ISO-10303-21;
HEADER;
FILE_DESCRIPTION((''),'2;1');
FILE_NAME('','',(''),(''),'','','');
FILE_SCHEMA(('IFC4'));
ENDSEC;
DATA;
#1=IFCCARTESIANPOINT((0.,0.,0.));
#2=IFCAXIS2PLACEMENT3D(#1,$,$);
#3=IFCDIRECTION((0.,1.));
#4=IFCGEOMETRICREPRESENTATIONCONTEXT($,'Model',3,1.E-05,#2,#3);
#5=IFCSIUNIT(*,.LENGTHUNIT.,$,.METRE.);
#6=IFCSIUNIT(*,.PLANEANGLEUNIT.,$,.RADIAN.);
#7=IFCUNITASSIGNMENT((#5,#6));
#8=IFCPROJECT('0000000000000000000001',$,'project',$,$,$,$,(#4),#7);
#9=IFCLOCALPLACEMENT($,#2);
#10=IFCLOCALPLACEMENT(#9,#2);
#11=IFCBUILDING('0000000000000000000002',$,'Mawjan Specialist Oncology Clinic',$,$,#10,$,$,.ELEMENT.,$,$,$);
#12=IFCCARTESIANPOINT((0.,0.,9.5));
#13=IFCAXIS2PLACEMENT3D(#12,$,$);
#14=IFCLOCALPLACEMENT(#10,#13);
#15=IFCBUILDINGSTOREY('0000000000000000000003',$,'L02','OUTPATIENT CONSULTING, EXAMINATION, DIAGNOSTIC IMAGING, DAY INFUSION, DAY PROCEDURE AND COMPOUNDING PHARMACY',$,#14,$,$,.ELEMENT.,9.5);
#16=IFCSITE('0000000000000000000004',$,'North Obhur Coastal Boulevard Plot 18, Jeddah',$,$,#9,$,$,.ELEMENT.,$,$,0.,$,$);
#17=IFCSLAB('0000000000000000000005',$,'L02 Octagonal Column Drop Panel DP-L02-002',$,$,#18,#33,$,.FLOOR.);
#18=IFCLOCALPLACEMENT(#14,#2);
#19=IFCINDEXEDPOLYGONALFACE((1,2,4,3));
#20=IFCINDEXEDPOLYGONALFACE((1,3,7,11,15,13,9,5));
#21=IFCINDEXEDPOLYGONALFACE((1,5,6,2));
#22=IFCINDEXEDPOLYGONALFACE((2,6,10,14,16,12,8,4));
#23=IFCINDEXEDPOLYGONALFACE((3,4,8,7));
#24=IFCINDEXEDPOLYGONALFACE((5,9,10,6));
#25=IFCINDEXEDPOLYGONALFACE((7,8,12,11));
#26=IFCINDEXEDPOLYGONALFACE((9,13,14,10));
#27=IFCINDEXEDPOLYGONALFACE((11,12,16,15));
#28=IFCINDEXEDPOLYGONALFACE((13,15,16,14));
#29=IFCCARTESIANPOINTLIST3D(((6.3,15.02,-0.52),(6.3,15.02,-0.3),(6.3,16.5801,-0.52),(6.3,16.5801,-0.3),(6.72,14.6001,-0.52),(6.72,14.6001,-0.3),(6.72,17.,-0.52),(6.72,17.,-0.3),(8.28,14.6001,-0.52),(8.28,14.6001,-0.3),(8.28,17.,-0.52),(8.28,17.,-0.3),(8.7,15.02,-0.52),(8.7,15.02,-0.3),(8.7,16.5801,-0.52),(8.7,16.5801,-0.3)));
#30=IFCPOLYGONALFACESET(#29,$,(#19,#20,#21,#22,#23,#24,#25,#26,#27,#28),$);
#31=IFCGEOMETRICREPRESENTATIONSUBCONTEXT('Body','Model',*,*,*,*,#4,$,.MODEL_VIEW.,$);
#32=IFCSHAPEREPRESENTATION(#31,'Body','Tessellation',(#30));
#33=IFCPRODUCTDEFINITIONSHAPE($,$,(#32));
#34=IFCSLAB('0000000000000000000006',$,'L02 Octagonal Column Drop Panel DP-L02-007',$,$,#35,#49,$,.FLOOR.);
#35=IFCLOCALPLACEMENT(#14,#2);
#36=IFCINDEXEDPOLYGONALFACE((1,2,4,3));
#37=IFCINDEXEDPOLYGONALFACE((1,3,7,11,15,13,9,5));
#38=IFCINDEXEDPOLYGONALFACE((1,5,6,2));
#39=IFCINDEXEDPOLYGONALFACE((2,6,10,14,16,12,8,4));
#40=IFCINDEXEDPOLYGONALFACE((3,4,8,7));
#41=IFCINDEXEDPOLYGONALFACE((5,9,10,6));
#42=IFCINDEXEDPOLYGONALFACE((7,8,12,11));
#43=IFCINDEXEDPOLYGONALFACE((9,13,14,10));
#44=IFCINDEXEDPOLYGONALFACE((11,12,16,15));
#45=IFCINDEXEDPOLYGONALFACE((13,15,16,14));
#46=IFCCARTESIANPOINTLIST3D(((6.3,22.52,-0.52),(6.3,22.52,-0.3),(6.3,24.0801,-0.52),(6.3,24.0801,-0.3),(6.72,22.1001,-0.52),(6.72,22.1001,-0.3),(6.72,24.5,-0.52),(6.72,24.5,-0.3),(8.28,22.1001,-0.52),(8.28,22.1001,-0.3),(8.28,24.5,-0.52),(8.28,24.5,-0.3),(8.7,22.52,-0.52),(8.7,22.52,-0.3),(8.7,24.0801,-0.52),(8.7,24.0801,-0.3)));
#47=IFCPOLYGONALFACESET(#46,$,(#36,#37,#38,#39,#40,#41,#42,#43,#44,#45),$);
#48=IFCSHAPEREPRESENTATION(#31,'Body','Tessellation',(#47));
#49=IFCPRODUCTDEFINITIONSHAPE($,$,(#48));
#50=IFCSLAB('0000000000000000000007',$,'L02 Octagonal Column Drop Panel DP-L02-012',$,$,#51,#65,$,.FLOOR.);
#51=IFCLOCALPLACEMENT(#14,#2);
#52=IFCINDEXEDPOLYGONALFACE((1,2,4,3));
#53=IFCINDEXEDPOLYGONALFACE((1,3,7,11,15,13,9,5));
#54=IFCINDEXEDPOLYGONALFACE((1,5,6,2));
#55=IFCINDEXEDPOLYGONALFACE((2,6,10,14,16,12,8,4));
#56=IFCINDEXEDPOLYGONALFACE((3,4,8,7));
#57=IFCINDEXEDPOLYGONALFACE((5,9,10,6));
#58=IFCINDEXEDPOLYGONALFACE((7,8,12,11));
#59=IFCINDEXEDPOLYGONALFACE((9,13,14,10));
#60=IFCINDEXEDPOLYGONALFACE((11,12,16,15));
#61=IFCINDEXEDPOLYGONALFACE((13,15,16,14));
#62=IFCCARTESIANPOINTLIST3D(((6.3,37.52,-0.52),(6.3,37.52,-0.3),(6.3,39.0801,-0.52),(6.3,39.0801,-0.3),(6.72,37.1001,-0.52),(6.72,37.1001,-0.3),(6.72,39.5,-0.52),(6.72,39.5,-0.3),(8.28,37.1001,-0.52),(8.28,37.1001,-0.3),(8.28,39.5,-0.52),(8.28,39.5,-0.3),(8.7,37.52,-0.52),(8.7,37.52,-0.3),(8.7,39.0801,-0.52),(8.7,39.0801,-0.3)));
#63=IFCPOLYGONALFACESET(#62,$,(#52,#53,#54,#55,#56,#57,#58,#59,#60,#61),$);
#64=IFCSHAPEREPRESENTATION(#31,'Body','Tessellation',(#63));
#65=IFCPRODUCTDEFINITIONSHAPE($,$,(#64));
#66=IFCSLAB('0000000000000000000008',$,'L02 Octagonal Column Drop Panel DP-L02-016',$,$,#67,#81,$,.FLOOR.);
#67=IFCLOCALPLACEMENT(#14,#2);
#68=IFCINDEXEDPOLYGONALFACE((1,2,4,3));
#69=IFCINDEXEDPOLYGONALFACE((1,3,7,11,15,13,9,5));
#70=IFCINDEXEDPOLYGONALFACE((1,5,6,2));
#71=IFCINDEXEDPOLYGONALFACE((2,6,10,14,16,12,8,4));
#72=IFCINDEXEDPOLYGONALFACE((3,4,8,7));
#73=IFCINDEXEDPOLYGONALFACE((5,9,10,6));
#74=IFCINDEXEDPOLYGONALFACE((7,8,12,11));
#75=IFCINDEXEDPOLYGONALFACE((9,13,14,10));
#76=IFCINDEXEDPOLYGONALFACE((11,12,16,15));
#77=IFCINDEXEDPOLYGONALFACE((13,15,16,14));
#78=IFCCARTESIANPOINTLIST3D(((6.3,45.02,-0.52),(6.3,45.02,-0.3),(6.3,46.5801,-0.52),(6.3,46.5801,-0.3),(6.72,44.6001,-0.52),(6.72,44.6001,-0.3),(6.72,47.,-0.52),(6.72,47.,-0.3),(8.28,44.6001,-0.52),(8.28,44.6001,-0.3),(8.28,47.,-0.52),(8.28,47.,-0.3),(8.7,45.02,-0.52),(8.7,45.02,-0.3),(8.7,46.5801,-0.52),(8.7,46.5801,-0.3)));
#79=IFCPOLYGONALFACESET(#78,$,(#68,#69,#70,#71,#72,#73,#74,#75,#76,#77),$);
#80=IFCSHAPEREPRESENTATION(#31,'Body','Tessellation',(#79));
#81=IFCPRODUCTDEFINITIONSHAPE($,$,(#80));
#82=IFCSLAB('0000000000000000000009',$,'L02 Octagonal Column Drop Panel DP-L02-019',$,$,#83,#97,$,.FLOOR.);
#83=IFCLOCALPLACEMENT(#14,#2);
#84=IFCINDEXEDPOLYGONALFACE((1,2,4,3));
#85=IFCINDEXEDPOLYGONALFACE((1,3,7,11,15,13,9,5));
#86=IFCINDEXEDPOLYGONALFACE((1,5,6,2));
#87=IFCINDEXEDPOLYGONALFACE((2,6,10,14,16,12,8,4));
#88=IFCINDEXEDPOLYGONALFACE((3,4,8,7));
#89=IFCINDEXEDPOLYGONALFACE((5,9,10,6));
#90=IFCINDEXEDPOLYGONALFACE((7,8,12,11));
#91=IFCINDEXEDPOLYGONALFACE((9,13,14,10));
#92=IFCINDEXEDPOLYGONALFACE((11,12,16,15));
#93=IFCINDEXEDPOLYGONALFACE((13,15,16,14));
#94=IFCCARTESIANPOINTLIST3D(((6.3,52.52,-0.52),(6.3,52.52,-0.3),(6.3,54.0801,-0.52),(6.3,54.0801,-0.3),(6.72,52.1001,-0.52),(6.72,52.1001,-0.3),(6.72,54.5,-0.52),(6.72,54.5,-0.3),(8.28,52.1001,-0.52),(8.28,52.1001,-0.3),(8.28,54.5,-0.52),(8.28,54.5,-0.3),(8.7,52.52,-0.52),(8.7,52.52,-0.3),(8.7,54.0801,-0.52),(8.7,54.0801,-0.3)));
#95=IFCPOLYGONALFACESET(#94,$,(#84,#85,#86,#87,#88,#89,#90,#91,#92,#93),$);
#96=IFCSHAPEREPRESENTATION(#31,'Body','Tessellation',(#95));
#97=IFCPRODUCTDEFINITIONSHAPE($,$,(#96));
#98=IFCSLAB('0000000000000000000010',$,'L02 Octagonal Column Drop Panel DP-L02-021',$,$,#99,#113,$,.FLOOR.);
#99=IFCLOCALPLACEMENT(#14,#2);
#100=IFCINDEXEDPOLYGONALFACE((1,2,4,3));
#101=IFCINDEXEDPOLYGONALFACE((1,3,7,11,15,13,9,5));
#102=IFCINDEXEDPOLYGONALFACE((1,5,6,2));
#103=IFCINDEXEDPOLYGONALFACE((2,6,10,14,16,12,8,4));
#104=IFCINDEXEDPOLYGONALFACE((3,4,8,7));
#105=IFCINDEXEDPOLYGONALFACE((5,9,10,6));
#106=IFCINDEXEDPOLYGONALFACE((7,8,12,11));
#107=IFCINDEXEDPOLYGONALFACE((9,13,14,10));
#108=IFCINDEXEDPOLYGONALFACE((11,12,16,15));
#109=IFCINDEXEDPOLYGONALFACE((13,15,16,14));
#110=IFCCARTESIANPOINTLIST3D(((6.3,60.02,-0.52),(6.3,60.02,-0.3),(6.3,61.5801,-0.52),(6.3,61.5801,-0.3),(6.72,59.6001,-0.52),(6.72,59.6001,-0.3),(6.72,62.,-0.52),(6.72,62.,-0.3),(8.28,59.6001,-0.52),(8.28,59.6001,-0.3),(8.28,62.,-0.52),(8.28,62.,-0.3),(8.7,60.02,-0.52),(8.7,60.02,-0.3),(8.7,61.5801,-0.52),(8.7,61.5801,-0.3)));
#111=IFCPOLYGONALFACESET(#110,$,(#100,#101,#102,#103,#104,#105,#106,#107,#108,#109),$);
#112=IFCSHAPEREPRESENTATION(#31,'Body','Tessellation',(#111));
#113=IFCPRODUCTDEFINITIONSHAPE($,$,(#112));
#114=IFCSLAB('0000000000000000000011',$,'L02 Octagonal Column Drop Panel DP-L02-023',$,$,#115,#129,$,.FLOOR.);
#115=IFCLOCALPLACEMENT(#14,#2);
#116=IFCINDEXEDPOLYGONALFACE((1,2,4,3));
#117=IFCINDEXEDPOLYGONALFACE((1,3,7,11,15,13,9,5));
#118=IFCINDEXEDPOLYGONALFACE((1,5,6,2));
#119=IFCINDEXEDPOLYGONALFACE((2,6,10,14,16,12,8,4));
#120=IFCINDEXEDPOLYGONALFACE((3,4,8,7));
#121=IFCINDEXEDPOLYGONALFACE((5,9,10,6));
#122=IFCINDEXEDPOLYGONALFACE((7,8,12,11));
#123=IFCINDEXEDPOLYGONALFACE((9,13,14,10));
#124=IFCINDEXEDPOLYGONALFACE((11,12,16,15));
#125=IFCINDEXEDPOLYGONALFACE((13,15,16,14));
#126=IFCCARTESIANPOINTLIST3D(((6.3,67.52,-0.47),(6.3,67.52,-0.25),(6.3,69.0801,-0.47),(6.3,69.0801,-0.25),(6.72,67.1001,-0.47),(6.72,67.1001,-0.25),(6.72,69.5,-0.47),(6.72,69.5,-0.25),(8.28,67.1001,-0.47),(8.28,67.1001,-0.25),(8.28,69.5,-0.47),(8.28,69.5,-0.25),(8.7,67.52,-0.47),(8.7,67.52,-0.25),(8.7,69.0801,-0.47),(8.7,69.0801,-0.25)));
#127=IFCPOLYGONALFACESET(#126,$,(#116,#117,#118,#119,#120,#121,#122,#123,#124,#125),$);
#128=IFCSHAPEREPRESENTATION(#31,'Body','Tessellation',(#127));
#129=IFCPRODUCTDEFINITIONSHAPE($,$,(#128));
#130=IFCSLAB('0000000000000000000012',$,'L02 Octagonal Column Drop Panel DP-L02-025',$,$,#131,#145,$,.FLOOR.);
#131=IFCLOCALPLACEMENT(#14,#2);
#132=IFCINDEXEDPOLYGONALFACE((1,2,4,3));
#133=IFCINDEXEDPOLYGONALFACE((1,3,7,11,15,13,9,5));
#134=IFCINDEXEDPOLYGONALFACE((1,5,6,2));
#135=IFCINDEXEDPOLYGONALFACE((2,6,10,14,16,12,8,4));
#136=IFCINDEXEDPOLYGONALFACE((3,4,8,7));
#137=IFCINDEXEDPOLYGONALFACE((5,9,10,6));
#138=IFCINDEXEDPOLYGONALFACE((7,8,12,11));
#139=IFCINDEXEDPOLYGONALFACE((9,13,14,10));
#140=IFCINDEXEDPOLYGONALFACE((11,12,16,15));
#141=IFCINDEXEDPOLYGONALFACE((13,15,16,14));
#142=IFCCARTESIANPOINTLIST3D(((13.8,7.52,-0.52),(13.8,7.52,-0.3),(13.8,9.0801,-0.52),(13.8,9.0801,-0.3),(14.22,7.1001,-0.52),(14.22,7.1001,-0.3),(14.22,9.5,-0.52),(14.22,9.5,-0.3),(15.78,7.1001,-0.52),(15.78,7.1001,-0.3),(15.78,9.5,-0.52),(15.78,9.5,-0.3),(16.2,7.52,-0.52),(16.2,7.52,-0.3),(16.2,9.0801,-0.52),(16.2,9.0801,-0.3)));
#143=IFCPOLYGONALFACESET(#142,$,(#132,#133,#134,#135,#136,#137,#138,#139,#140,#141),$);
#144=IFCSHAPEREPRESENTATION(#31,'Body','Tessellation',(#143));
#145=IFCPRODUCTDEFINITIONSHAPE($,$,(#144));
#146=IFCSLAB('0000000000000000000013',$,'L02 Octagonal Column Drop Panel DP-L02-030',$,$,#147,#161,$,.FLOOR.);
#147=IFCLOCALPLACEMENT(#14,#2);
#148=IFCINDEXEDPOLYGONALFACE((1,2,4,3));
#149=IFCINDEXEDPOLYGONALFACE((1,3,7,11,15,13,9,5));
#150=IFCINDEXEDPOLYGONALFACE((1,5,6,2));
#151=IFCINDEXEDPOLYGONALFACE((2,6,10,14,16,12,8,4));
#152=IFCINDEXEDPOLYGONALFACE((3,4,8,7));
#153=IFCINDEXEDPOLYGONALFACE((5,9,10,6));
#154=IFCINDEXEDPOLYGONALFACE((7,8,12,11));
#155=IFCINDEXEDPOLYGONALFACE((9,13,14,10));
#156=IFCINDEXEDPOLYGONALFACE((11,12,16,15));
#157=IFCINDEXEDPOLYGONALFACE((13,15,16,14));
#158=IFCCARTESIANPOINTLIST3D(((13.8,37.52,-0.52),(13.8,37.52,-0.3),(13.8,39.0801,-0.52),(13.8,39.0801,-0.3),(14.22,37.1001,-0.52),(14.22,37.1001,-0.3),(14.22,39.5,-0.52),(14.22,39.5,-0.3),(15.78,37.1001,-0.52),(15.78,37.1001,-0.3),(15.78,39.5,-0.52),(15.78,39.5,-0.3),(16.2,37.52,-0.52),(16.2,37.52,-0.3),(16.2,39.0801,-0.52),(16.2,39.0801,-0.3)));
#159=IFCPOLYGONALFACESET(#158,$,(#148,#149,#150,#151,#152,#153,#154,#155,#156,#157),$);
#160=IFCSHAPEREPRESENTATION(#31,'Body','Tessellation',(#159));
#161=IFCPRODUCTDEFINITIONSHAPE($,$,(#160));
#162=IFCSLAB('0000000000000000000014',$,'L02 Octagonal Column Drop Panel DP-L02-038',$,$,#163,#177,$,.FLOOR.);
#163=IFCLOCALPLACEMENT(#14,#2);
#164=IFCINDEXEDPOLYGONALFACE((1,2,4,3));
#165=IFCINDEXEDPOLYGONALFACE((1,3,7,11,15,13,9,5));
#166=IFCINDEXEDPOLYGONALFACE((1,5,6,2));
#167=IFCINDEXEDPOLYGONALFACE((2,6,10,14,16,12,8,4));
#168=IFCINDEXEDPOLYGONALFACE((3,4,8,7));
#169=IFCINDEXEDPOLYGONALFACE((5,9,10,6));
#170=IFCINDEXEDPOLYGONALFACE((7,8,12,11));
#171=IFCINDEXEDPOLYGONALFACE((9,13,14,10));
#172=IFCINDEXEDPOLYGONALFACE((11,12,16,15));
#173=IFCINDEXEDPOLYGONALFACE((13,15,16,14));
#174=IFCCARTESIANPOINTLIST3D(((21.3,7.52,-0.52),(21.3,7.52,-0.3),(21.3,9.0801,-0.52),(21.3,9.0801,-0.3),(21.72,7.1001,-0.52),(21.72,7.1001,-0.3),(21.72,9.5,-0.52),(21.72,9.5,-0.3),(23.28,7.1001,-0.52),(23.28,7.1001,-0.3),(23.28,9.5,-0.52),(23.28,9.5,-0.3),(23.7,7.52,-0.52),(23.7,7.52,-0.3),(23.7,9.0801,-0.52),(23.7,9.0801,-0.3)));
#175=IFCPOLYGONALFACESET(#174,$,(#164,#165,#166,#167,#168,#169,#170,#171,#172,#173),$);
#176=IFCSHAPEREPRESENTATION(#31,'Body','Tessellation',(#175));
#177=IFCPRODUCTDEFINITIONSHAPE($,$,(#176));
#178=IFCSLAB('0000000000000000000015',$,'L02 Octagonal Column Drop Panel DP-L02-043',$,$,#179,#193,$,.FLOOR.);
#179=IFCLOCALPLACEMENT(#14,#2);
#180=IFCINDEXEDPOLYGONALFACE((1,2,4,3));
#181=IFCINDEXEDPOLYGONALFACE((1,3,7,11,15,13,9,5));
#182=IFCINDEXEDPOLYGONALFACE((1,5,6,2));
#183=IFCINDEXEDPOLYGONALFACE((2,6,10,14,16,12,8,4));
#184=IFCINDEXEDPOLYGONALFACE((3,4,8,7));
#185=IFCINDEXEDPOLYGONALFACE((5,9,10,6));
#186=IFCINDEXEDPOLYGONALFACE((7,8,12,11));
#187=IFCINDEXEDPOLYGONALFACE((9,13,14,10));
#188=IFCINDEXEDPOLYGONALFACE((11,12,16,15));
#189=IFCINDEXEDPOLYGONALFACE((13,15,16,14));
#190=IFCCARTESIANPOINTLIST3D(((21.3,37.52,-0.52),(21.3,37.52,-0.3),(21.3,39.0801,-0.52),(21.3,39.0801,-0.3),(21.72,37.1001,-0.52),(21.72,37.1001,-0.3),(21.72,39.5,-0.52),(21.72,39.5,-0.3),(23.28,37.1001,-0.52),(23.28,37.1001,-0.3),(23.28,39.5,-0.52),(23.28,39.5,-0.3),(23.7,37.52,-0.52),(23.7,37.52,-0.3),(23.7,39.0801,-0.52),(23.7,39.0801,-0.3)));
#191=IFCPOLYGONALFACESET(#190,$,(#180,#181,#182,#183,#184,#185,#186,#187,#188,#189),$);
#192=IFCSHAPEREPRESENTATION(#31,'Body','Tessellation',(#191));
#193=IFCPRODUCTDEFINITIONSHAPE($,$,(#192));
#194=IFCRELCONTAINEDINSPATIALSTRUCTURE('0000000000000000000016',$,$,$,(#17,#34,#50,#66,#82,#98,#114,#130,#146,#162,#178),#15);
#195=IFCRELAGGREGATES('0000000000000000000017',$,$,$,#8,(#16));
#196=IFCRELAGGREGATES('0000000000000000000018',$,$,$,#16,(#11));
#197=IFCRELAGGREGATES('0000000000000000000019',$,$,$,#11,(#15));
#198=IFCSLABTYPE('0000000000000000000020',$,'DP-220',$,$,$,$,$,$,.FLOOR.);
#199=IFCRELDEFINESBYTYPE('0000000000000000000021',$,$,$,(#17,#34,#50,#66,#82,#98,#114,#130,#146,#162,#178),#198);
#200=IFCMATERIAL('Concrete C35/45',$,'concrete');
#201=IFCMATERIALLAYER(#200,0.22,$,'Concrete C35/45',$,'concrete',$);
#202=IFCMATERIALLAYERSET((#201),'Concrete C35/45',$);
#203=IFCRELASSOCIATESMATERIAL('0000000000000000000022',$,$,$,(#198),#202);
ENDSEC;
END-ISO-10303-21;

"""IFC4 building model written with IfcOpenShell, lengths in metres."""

from ifc_helpers import new_model, si_unit, direction, frame, origin, place, context, subcontext, project, spatial, polyline, outline, extrude, material, layer, layer_set, type_object, element, save


model = new_model("IFC4")

# Units and contexts
model_context = context("Model", 3, precision=1e-05, world=origin(), true_north=direction((0.0, 1.0)))
body_context = subcontext(model_context, "Body", "Model", "MODEL_VIEW")
ifc_project = project(units=[si_unit("LENGTHUNIT", "METRE"), si_unit("PLANEANGLEUNIT", "RADIAN")], contexts=[model_context])

# Site, building, storey
site_placement = place(None, origin())
site = spatial("IfcSite", under=ifc_project, at=site_placement, Name="North Obhur Coastal Boulevard Plot 18, Jeddah", CompositionType="ELEMENT", RefElevation=0.0)
building_placement = place(site_placement, origin())
building = spatial("IfcBuilding", under=site, at=building_placement, Name="Mawjan Specialist Oncology Clinic", CompositionType="ELEMENT")
storey_placement = place(building_placement, frame((0.0, 0.0, 9.5)))
storey = spatial("IfcBuildingStorey", under=building, at=storey_placement, Name="L02", Description="OUTPATIENT CONSULTING, EXAMINATION, DIAGNOSTIC IMAGING, DAY INFUSION, DAY PROCEDURE AND COMPOUNDING PHARMACY", CompositionType="ELEMENT", Elevation=9.5)

# Slabs
ifc_material_1 = material(Name="Concrete C35/45", Category="concrete")
ifc_layer_1 = layer(ifc_material_1, 0.22, Name="Concrete C35/45", Category="concrete")
ifc_layer_set_1 = layer_set([ifc_layer_1], Name="Concrete C35/45")
slab_type_1 = type_object("IfcSlabType", Name="DP-220", PredefinedType="FLOOR", material=ifc_layer_set_1)
slab_1_placement = place(storey_placement, frame((0.0, 0.0, -0.52)))
element("IfcSlab", 1, at=slab_1_placement, inside=storey, type_object=slab_type_1, Name="L02 Octagonal Column Drop Panel DP-L02-002", PredefinedType="FLOOR", context=body_context, shape_type="SweptSolid", body=[
    extrude(outline(polyline([(6.72, 14.6001), (8.28, 14.6001), (8.7, 15.02), (8.7, 16.5801), (8.28, 17.0), (6.72, 17.0), (6.3, 16.5801), (6.3, 15.02), (6.72, 14.6001)])), origin(), (0.0, 0.0, 1.0), 0.22),
])
slab_2_placement = place(storey_placement, frame((0.0, 0.0, -0.52)))
element("IfcSlab", 2, at=slab_2_placement, inside=storey, type_object=slab_type_1, Name="L02 Octagonal Column Drop Panel DP-L02-007", PredefinedType="FLOOR", context=body_context, shape_type="SweptSolid", body=[
    extrude(outline(polyline([(6.72, 22.1001), (8.28, 22.1001), (8.7, 22.52), (8.7, 24.0801), (8.28, 24.5), (6.72, 24.5), (6.3, 24.0801), (6.3, 22.52), (6.72, 22.1001)])), origin(), (0.0, 0.0, 1.0), 0.22),
])
slab_3_placement = place(storey_placement, frame((0.0, 0.0, -0.52)))
element("IfcSlab", 3, at=slab_3_placement, inside=storey, type_object=slab_type_1, Name="L02 Octagonal Column Drop Panel DP-L02-012", PredefinedType="FLOOR", context=body_context, shape_type="SweptSolid", body=[
    extrude(outline(polyline([(6.72, 37.1001), (8.28, 37.1001), (8.7, 37.52), (8.7, 39.0801), (8.28, 39.5), (6.72, 39.5), (6.3, 39.0801), (6.3, 37.52), (6.72, 37.1001)])), origin(), (0.0, 0.0, 1.0), 0.22),
])
slab_4_placement = place(storey_placement, frame((0.0, 0.0, -0.52)))
element("IfcSlab", 4, at=slab_4_placement, inside=storey, type_object=slab_type_1, Name="L02 Octagonal Column Drop Panel DP-L02-016", PredefinedType="FLOOR", context=body_context, shape_type="SweptSolid", body=[
    extrude(outline(polyline([(6.72, 44.6001), (8.28, 44.6001), (8.7, 45.02), (8.7, 46.5801), (8.28, 47.0), (6.72, 47.0), (6.3, 46.5801), (6.3, 45.02), (6.72, 44.6001)])), origin(), (0.0, 0.0, 1.0), 0.22),
])
slab_5_placement = place(storey_placement, frame((0.0, 0.0, -0.52)))
element("IfcSlab", 5, at=slab_5_placement, inside=storey, type_object=slab_type_1, Name="L02 Octagonal Column Drop Panel DP-L02-019", PredefinedType="FLOOR", context=body_context, shape_type="SweptSolid", body=[
    extrude(outline(polyline([(6.72, 52.1001), (8.28, 52.1001), (8.7, 52.52), (8.7, 54.0801), (8.28, 54.5), (6.72, 54.5), (6.3, 54.0801), (6.3, 52.52), (6.72, 52.1001)])), origin(), (0.0, 0.0, 1.0), 0.22),
])
slab_6_placement = place(storey_placement, frame((0.0, 0.0, -0.52)))
element("IfcSlab", 6, at=slab_6_placement, inside=storey, type_object=slab_type_1, Name="L02 Octagonal Column Drop Panel DP-L02-021", PredefinedType="FLOOR", context=body_context, shape_type="SweptSolid", body=[
    extrude(outline(polyline([(6.72, 59.6001), (8.28, 59.6001), (8.7, 60.02), (8.7, 61.5801), (8.28, 62.0), (6.72, 62.0), (6.3, 61.5801), (6.3, 60.02), (6.72, 59.6001)])), origin(), (0.0, 0.0, 1.0), 0.22),
])
slab_7_placement = place(storey_placement, frame((0.0, 0.0, -0.47)))
element("IfcSlab", 7, at=slab_7_placement, inside=storey, type_object=slab_type_1, Name="L02 Octagonal Column Drop Panel DP-L02-023", PredefinedType="FLOOR", context=body_context, shape_type="SweptSolid", body=[
    extrude(outline(polyline([(6.72, 67.1001), (8.28, 67.1001), (8.7, 67.52), (8.7, 69.0801), (8.28, 69.5), (6.72, 69.5), (6.3, 69.0801), (6.3, 67.52), (6.72, 67.1001)])), origin(), (0.0, 0.0, 1.0), 0.22),
])
slab_8_placement = place(storey_placement, frame((0.0, 0.0, -0.52)))
element("IfcSlab", 8, at=slab_8_placement, inside=storey, type_object=slab_type_1, Name="L02 Octagonal Column Drop Panel DP-L02-025", PredefinedType="FLOOR", context=body_context, shape_type="SweptSolid", body=[
    extrude(outline(polyline([(14.22, 7.1001), (15.78, 7.1001), (16.2, 7.52), (16.2, 9.0801), (15.78, 9.5), (14.22, 9.5), (13.8, 9.0801), (13.8, 7.52), (14.22, 7.1001)])), origin(), (0.0, 0.0, 1.0), 0.22),
])
slab_9_placement = place(storey_placement, frame((0.0, 0.0, -0.52)))
element("IfcSlab", 9, at=slab_9_placement, inside=storey, type_object=slab_type_1, Name="L02 Octagonal Column Drop Panel DP-L02-030", PredefinedType="FLOOR", context=body_context, shape_type="SweptSolid", body=[
    extrude(outline(polyline([(14.22, 37.1001), (15.78, 37.1001), (16.2, 37.52), (16.2, 39.0801), (15.78, 39.5), (14.22, 39.5), (13.8, 39.0801), (13.8, 37.52), (14.22, 37.1001)])), origin(), (0.0, 0.0, 1.0), 0.22),
])
slab_10_placement = place(storey_placement, frame((0.0, 0.0, -0.52)))
element("IfcSlab", 10, at=slab_10_placement, inside=storey, type_object=slab_type_1, Name="L02 Octagonal Column Drop Panel DP-L02-038", PredefinedType="FLOOR", context=body_context, shape_type="SweptSolid", body=[
    extrude(outline(polyline([(21.72, 7.1001), (23.28, 7.1001), (23.7, 7.52), (23.7, 9.0801), (23.28, 9.5), (21.72, 9.5), (21.3, 9.0801), (21.3, 7.52), (21.72, 7.1001)])), origin(), (0.0, 0.0, 1.0), 0.22),
])
slab_11_placement = place(storey_placement, frame((0.0, 0.0, -0.52)))
element("IfcSlab", 11, at=slab_11_placement, inside=storey, type_object=slab_type_1, Name="L02 Octagonal Column Drop Panel DP-L02-043", PredefinedType="FLOOR", context=body_context, shape_type="SweptSolid", body=[
    extrude(outline(polyline([(21.72, 37.1001), (23.28, 37.1001), (23.7, 37.52), (23.7, 39.0801), (23.28, 39.5), (21.72, 39.5), (21.3, 39.0801), (21.3, 37.52), (21.72, 37.1001)])), origin(), (0.0, 0.0, 1.0), 0.22),
])

save(model, "model.ifc")
